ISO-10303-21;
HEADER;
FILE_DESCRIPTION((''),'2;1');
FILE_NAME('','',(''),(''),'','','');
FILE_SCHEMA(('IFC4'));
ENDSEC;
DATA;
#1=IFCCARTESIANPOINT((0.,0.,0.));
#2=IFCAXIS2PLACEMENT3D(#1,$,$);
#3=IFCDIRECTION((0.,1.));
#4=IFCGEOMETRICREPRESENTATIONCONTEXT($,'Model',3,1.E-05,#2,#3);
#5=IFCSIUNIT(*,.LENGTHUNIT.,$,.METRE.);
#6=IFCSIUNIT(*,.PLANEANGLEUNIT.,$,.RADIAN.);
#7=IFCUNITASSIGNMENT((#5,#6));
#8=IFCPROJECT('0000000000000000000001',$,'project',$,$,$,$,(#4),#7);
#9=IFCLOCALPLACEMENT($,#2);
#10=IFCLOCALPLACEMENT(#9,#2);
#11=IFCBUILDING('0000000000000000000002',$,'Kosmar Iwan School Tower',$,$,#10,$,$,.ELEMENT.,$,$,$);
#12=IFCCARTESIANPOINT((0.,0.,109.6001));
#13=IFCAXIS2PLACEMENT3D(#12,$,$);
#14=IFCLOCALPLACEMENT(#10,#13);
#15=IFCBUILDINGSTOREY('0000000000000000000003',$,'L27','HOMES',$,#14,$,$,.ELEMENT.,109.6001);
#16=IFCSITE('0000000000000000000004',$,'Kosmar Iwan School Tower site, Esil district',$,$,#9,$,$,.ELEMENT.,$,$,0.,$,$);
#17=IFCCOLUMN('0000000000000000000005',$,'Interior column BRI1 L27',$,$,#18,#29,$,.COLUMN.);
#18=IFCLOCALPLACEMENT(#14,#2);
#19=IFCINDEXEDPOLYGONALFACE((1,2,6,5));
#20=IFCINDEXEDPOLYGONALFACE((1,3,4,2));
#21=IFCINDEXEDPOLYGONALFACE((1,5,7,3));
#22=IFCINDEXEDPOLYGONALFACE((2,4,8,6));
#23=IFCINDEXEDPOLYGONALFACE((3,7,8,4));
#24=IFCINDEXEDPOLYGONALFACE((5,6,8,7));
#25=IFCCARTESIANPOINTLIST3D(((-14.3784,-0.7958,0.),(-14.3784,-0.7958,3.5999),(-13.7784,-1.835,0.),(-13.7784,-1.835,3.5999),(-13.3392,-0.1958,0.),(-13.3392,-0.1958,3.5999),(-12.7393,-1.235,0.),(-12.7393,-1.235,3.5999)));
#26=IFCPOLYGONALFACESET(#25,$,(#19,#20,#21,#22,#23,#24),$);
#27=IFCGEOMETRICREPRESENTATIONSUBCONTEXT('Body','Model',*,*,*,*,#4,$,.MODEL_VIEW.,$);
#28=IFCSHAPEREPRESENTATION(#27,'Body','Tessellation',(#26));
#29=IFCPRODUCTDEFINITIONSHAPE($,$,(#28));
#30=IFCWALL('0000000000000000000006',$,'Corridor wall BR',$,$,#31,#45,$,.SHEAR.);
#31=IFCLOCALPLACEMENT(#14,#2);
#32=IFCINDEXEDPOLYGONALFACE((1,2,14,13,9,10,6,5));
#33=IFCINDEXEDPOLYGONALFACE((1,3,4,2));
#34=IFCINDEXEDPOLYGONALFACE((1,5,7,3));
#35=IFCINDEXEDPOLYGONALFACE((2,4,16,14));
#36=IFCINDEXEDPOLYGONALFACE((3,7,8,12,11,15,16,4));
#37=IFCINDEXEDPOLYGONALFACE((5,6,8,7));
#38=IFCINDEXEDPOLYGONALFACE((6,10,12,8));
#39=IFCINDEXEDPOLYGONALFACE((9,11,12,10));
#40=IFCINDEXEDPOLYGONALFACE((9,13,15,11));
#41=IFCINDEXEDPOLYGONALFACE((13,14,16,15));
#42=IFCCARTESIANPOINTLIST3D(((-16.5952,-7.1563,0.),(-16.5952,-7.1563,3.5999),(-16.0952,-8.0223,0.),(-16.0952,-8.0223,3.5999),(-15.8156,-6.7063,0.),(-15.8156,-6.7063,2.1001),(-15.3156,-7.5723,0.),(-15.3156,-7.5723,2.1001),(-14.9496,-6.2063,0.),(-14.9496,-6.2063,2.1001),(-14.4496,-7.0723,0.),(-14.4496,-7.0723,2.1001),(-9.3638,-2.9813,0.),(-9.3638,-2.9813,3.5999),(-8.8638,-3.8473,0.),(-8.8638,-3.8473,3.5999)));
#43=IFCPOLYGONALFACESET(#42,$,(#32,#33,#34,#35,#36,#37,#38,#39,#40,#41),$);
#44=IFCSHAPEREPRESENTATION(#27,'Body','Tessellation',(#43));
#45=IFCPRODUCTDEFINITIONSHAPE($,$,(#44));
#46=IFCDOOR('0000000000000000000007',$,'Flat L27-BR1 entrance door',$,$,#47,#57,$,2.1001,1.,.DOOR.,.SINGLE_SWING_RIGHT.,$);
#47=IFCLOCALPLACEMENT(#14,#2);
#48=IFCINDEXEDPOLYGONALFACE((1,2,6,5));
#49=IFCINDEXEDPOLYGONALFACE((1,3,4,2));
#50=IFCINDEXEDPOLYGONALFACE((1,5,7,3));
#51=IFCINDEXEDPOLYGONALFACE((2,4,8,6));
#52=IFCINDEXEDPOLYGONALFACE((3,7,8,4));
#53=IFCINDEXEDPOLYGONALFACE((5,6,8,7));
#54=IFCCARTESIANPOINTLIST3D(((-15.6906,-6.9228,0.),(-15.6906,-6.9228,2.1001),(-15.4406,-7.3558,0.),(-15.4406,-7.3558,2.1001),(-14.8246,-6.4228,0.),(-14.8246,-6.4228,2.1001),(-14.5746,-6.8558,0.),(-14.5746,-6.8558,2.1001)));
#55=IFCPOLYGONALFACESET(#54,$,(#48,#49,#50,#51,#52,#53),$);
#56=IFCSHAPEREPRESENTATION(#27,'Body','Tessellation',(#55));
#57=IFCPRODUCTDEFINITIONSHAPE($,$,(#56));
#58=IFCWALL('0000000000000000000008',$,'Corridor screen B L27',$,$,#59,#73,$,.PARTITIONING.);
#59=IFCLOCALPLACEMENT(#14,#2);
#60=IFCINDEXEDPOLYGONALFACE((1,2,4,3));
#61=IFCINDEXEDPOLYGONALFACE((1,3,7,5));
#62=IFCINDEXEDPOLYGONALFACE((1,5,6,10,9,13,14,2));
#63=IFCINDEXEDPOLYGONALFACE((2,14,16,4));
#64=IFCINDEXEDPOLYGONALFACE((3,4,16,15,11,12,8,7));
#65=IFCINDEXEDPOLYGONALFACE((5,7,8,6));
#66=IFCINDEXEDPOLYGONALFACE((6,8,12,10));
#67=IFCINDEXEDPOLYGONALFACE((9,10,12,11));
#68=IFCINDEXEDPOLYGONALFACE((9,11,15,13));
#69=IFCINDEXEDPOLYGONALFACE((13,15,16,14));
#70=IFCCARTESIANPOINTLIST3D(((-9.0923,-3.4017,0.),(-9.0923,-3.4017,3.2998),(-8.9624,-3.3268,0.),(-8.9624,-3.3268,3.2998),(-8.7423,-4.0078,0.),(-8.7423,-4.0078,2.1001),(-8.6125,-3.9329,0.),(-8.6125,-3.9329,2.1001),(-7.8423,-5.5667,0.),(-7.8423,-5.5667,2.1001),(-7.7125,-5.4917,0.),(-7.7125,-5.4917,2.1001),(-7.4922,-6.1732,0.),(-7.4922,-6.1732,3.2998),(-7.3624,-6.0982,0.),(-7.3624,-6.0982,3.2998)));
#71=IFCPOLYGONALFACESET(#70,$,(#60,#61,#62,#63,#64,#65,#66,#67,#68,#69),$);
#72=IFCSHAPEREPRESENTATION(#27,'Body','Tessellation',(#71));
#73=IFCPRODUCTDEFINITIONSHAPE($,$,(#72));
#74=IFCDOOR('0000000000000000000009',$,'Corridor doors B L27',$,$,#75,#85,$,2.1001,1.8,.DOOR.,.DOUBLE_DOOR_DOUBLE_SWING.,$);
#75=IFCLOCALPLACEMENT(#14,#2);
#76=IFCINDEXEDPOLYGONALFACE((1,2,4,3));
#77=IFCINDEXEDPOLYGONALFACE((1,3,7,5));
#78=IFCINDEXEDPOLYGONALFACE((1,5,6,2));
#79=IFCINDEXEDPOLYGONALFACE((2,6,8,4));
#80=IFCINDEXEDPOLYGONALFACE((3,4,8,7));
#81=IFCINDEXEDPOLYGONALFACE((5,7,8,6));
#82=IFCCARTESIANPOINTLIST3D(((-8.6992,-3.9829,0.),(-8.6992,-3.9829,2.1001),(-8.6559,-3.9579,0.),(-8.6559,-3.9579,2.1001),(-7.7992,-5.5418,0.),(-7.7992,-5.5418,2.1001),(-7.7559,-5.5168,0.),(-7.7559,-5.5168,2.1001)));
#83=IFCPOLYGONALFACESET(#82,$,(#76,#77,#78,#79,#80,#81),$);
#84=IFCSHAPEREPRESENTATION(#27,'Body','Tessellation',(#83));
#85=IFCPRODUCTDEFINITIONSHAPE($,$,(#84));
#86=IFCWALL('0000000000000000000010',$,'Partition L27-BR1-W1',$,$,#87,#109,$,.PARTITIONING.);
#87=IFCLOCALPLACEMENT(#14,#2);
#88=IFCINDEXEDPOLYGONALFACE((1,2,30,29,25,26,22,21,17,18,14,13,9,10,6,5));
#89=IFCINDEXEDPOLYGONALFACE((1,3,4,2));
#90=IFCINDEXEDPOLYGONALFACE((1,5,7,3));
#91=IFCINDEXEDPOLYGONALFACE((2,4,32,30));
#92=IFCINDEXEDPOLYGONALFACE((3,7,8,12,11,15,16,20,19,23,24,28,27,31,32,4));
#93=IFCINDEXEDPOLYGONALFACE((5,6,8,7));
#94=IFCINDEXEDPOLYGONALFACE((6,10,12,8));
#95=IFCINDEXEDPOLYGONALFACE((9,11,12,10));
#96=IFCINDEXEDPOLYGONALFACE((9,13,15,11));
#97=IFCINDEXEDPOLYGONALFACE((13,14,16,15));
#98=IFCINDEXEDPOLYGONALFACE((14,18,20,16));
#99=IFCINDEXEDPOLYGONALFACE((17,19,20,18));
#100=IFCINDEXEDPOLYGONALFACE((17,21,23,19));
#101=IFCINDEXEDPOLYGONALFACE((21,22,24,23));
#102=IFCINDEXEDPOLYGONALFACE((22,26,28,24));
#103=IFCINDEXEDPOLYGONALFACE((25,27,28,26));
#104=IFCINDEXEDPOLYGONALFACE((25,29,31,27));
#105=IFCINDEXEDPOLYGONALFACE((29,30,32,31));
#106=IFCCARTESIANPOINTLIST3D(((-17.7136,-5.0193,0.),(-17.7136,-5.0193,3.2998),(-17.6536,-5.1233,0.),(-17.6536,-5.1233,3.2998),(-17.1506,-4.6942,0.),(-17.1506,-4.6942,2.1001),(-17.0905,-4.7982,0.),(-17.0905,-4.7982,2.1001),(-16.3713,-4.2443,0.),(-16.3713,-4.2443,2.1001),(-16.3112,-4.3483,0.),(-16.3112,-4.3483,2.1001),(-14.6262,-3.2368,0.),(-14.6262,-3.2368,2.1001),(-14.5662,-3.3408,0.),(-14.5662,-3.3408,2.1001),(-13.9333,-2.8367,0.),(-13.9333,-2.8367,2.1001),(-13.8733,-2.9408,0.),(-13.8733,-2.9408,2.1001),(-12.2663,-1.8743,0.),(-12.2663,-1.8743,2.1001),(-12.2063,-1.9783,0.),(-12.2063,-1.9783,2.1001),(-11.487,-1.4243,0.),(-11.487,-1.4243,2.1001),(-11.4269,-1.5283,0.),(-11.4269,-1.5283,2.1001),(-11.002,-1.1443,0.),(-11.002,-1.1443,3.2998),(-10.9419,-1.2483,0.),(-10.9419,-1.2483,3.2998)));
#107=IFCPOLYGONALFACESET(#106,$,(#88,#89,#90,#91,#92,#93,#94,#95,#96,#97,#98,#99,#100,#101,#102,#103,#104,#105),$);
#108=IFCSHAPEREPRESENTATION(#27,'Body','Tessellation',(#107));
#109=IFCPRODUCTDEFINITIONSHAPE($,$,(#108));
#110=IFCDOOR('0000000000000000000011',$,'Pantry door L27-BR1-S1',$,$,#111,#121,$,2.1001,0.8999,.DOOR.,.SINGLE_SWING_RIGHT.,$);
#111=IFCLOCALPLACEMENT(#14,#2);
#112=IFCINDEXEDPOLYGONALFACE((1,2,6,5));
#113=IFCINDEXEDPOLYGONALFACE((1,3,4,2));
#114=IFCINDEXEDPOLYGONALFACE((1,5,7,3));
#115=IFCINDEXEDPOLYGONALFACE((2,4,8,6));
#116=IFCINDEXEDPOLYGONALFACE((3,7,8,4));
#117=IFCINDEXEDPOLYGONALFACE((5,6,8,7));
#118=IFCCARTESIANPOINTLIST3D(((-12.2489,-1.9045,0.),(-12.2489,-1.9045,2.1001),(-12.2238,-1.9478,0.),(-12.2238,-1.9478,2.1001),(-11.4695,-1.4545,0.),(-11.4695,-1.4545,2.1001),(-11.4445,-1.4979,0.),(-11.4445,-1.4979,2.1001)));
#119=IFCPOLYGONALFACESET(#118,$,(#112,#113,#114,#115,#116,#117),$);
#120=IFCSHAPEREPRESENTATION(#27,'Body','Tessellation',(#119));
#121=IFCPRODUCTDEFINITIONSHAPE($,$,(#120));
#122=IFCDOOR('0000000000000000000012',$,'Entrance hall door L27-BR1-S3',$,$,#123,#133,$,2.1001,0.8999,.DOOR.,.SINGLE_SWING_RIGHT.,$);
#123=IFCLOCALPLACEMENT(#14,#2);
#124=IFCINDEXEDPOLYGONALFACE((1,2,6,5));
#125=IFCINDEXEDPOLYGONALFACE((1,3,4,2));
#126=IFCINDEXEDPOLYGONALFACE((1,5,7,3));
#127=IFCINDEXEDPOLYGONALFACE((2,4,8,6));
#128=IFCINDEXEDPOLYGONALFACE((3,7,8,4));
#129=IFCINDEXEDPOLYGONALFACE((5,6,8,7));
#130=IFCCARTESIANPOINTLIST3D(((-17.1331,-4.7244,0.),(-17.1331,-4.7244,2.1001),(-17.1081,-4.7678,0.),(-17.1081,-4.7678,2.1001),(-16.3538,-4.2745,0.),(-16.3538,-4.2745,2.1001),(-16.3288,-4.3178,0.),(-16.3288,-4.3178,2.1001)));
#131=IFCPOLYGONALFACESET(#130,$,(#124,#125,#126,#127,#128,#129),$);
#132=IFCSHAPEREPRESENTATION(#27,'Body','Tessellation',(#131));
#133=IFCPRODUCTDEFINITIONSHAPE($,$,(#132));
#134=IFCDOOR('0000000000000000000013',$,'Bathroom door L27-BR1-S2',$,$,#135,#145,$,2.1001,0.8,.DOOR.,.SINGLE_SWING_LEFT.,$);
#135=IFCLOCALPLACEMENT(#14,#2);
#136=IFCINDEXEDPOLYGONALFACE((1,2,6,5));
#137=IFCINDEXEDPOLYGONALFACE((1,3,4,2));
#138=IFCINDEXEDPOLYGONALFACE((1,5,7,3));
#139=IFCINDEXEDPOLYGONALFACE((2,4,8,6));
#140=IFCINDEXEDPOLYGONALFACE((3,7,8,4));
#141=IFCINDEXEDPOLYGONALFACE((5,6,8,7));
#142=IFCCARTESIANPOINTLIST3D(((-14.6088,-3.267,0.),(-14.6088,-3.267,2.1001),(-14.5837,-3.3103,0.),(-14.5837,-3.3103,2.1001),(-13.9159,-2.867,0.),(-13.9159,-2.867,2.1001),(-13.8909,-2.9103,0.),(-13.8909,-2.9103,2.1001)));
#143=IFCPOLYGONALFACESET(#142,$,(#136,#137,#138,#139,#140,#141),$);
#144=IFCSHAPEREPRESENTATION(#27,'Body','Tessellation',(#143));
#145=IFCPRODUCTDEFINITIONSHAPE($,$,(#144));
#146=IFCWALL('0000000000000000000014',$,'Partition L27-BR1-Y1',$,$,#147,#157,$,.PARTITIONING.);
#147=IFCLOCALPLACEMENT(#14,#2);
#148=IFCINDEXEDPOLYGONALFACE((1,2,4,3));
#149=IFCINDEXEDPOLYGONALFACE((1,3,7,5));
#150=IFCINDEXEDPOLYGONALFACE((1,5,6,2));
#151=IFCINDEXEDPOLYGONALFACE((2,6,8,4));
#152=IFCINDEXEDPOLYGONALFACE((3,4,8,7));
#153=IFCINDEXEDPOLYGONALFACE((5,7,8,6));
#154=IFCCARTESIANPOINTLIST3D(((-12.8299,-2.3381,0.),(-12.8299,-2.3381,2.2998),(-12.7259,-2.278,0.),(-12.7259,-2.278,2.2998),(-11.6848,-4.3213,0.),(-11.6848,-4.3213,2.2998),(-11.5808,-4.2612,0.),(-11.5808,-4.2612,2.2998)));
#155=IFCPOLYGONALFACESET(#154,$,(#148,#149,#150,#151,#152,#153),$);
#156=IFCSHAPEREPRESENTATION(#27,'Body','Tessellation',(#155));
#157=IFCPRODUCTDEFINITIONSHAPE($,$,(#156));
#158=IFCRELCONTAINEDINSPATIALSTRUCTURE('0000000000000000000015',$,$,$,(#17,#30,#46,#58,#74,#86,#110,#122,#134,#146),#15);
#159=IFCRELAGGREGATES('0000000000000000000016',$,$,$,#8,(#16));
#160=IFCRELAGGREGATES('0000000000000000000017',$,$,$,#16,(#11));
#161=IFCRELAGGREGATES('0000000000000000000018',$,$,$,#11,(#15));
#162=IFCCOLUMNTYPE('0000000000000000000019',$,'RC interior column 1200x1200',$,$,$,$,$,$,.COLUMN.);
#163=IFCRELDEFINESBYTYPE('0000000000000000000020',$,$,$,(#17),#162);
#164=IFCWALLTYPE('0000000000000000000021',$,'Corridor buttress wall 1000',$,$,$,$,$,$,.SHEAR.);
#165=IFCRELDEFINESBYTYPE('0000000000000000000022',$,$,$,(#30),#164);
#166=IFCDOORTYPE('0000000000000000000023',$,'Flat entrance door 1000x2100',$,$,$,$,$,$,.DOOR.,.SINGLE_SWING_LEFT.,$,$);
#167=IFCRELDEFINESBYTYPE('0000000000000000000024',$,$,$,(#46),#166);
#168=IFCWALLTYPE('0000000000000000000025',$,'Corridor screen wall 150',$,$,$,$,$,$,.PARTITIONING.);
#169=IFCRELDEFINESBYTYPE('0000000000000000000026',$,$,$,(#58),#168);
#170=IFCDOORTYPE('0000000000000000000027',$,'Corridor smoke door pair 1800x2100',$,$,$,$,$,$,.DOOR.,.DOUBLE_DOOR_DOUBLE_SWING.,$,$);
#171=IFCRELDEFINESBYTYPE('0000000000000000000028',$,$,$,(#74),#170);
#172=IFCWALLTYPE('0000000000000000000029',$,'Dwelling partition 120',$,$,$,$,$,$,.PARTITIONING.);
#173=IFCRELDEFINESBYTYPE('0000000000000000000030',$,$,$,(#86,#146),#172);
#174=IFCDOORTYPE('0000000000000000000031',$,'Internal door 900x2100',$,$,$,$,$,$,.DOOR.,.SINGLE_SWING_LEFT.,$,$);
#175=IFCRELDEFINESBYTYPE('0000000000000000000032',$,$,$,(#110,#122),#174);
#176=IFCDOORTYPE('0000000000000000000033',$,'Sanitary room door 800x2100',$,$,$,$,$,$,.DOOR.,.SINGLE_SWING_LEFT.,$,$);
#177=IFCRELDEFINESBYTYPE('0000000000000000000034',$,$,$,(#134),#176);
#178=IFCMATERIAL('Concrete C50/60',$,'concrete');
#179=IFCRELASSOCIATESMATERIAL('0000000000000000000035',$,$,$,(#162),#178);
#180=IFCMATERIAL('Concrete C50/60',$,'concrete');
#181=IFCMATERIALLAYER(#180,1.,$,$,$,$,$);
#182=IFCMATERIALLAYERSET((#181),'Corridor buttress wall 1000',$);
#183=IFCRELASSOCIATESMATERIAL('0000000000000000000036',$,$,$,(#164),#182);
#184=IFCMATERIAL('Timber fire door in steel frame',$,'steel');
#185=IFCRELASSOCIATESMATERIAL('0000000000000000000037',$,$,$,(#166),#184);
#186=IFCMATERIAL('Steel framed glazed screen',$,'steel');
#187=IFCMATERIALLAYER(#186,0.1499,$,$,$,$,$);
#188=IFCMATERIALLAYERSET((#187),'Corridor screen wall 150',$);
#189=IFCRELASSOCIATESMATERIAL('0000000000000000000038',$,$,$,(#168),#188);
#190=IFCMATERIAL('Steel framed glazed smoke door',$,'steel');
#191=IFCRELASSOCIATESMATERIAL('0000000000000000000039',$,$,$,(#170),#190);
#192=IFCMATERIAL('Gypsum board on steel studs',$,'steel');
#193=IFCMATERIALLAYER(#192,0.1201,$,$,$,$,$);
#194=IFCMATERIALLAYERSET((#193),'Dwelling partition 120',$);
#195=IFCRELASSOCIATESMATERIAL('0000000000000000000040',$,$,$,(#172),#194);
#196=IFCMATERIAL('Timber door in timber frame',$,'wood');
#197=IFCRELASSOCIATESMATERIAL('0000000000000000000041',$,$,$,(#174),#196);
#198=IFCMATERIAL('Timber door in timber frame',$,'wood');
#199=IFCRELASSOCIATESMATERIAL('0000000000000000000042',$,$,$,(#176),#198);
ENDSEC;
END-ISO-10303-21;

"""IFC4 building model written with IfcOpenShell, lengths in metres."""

from ifc_helpers import new_model, si_unit, direction, frame, frame_2d, origin, origin_2d, place, context, subcontext, project, spatial, rectangle, extrude, material, layer, layer_set, material_profile, profile_set, type_object, element, fill, save


model = new_model("IFC4")

# Units and contexts
model_context = context("Model", 3, precision=1e-05, world=origin(), true_north=direction((0.0, 1.0)))
body_context = subcontext(model_context, "Body", "Model", "MODEL_VIEW")
ifc_project = project(units=[si_unit("LENGTHUNIT", "METRE"), si_unit("PLANEANGLEUNIT", "RADIAN")], contexts=[model_context])

# Site, building, storey
site_placement = place(None, origin())
site = spatial("IfcSite", under=ifc_project, at=site_placement, Name="Kosmar Iwan School Tower site, Esil district", CompositionType="ELEMENT", RefElevation=0.0)
building_placement = place(site_placement, origin())
building = spatial("IfcBuilding", under=site, at=building_placement, Name="Kosmar Iwan School Tower", CompositionType="ELEMENT")
storey_placement = place(building_placement, frame((0.0, 0.0, 109.6001)))
storey = spatial("IfcBuildingStorey", under=building, at=storey_placement, Name="L27", Description="HOMES", CompositionType="ELEMENT", Elevation=109.6001)

# Column
ifc_material_1 = material(Name="Concrete C50/60", Category="concrete")
ifc_material_profile = material_profile(ifc_material_1, rectangle(XDim=1.2, YDim=1.2, at=origin_2d()), Name="RC 1200x1200")
ifc_profile_set = profile_set([ifc_material_profile], Name="Concrete C50/60")
column_type = type_object("IfcColumnType", Name="RC interior column 1200x1200", PredefinedType="COLUMN", material=ifc_profile_set)
column_placement = place(storey_placement, frame((-13.5588, -1.0154, 0.0), z_axis=(0.0, 0.0, 1.0), x_axis=(-0.866025, -0.5, 0.0)))
element("IfcColumn", 1, at=column_placement, inside=storey, type_object=column_type, Name="Interior column BRI1 L27", PredefinedType="COLUMN", context=body_context, shape_type="SweptSolid", body=[
    extrude(rectangle(XDim=1.2, YDim=1.2, at=origin_2d()), origin(), (0.0, 0.0, 1.0), 3.5999),
])

# Walls, openings, doors
ifc_material_2 = material(Name="Concrete C50/60", Category="concrete")
ifc_layer_1 = layer(ifc_material_2, 1.0)
ifc_layer_set_1 = layer_set([ifc_layer_1], Name="Corridor buttress wall 1000")
wall_type_1 = type_object("IfcWallType", Name="Corridor buttress wall 1000", PredefinedType="SHEAR", material=ifc_layer_set_1)
wall_1_placement = place(storey_placement, frame((-9.1138, -3.4143, 0.0), z_axis=(0.0, 0.0, 1.0), x_axis=(-0.866027, -0.499997, 0.0)))
wall_1 = element("IfcWall", 2, at=wall_1_placement, inside=storey, type_object=wall_type_1, Name="Corridor wall BR", PredefinedType="SHEAR", context=body_context, shape_type="SweptSolid", body=[
    extrude(rectangle(XDim=8.3501, YDim=1.0, at=frame_2d((4.175, 0.0))), origin(), (0.0, 0.0, 1.0), 3.5999),
])
opening_1_placement = place(wall_1_placement, frame((6.45, 0.0, 0.0)))
opening_1 = element("IfcOpeningElement", 3, at=opening_1_placement, cuts=wall_1, PredefinedType="OPENING", context=body_context, shape_type="SweptSolid", body=[
    extrude(rectangle(XDim=1.0, YDim=2.1001, at=frame_2d((0.5, 1.05))), frame((0.0, 0.512, 0.0), z_axis=(0.0, -1.0, 0.0), x_axis=(1.0, 0.0, 0.0)), (0.0, 0.0, 1.0), 1.0239),
])
ifc_material_3 = material(Name="Timber fire door in steel frame", Category="steel")
door_type_1 = type_object("IfcDoorType", Name="Flat entrance door 1000x2100", OperationType="SINGLE_SWING_LEFT", PredefinedType="DOOR", material=ifc_material_3)
door_1_placement = place(opening_1_placement, origin())
door_1 = element("IfcDoor", 4, at=door_1_placement, inside=storey, type_object=door_type_1, Name="Flat L27-BR1 entrance door", OperationType="SINGLE_SWING_RIGHT", OverallHeight=2.1001, OverallWidth=1.0, PredefinedType="DOOR", context=body_context, shape_type="SweptSolid", body=[
    extrude(rectangle(XDim=1.0, YDim=2.1001, at=frame_2d((0.5, 1.05))), frame((0.0, 0.25, 0.0), z_axis=(0.0, -1.0, 0.0), x_axis=(1.0, 0.0, 0.0)), (0.0, 0.0, 1.0), 0.5),
])
fill(opening_1, door_1)
ifc_material_4 = material(Name="Steel framed glazed screen", Category="steel")
ifc_layer_2 = layer(ifc_material_4, 0.1499)
ifc_layer_set_2 = layer_set([ifc_layer_2], Name="Corridor screen wall 150")
wall_type_2 = type_object("IfcWallType", Name="Corridor screen wall 150", PredefinedType="PARTITIONING", material=ifc_layer_set_2)
wall_2_placement = place(storey_placement, frame((-9.0273, -3.3643, 0.0), z_axis=(0.0, 0.0, 1.0), x_axis=(0.499995, -0.866028, 0.0)))
wall_2 = element("IfcWall", 5, at=wall_2_placement, inside=storey, type_object=wall_type_2, Name="Corridor screen B L27", PredefinedType="PARTITIONING", context=body_context, shape_type="SweptSolid", body=[
    extrude(rectangle(XDim=3.2002, YDim=0.1499, at=frame_2d((1.6001, 0.0))), origin(), (0.0, 0.0, 1.0), 3.2998),
])
opening_2_placement = place(wall_2_placement, frame((0.7, 0.0, 0.0)))
opening_2 = element("IfcOpeningElement", 6, at=opening_2_placement, cuts=wall_2, PredefinedType="OPENING", context=body_context, shape_type="SweptSolid", body=[
    extrude(rectangle(XDim=1.8, YDim=2.1001, at=frame_2d((0.8999, 1.05))), frame((0.0, 0.0869, 0.0), z_axis=(0.0, -1.0, 0.0), x_axis=(1.0, 0.0, 0.0)), (0.0, 0.0, 1.0), 0.1738),
])
ifc_material_5 = material(Name="Steel framed glazed smoke door", Category="steel")
door_type_2 = type_object("IfcDoorType", Name="Corridor smoke door pair 1800x2100", OperationType="DOUBLE_DOOR_DOUBLE_SWING", PredefinedType="DOOR", material=ifc_material_5)
door_2_placement = place(opening_2_placement, origin())
door_2 = element("IfcDoor", 7, at=door_2_placement, inside=storey, type_object=door_type_2, Name="Corridor doors B L27", OperationType="DOUBLE_DOOR_DOUBLE_SWING", OverallHeight=2.1001, OverallWidth=1.8, PredefinedType="DOOR", context=body_context, shape_type="SweptSolid", body=[
    extrude(rectangle(XDim=1.8, YDim=2.1001, at=frame_2d((0.8999, 1.05))), frame((0.0, 0.0249, 0.0), z_axis=(0.0, -1.0, 0.0), x_axis=(1.0, 0.0, 0.0)), (0.0, 0.0, 1.0), 0.05),
])
fill(opening_2, door_2)

# Wall, openings, doors
ifc_material_6 = material(Name="Gypsum board on steel studs", Category="steel")
ifc_layer_3 = layer(ifc_material_6, 0.1201)
ifc_layer_set_3 = layer_set([ifc_layer_3], Name="Dwelling partition 120")
wall_type_3 = type_object("IfcWallType", Name="Dwelling partition 120", PredefinedType="PARTITIONING", material=ifc_layer_set_3)
wall_3_placement = place(storey_placement, frame((-10.9719, -1.1963, 0.0), z_axis=(0.0, 0.0, 1.0), x_axis=(-0.866025, -0.500002, 0.0)))
wall_3 = element("IfcWall", 8, at=wall_3_placement, inside=storey, type_object=wall_type_3, Name="Partition L27-BR1-W1", PredefinedType="PARTITIONING", context=body_context, shape_type="SweptSolid", body=[
    extrude(rectangle(XDim=7.75, YDim=0.1201, at=frame_2d((3.875, 0.0))), origin(), (0.0, 0.0, 1.0), 3.2998),
])
opening_3_placement = place(wall_3_placement, frame((0.5601, 0.0, 0.0)))
opening_3 = element("IfcOpeningElement", 9, at=opening_3_placement, cuts=wall_3, PredefinedType="OPENING", context=body_context, shape_type="SweptSolid", body=[
    extrude(rectangle(XDim=0.8999, YDim=2.1001, at=frame_2d((0.45, 1.05))), frame((0.0, 0.072, 0.0), z_axis=(0.0, -1.0, 0.0), x_axis=(1.0, 0.0, 0.0)), (0.0, 0.0, 1.0), 0.144),
])
opening_4_placement = place(wall_3_placement, frame((3.385, 0.0, 0.0)))
opening_4 = element("IfcOpeningElement", 10, at=opening_4_placement, cuts=wall_3, PredefinedType="OPENING", context=body_context, shape_type="SweptSolid", body=[
    extrude(rectangle(XDim=0.8, YDim=2.1001, at=frame_2d((0.3999, 1.05))), frame((0.0, 0.072, 0.0), z_axis=(0.0, -1.0, 0.0), x_axis=(1.0, 0.0, 0.0)), (0.0, 0.0, 1.0), 0.144),
])
opening_5_placement = place(wall_3_placement, frame((6.2, 0.0, 0.0)))
opening_5 = element("IfcOpeningElement", 11, at=opening_5_placement, cuts=wall_3, PredefinedType="OPENING", context=body_context, shape_type="SweptSolid", body=[
    extrude(rectangle(XDim=0.8999, YDim=2.1001, at=frame_2d((0.45, 1.05))), frame((0.0, 0.072, 0.0), z_axis=(0.0, -1.0, 0.0), x_axis=(1.0, 0.0, 0.0)), (0.0, 0.0, 1.0), 0.144),
])
ifc_material_7 = material(Name="Timber door in timber frame", Category="wood")
door_type_3 = type_object("IfcDoorType", Name="Internal door 900x2100", OperationType="SINGLE_SWING_LEFT", PredefinedType="DOOR", material=ifc_material_7)
door_3_placement = place(opening_3_placement, origin())
door_3 = element("IfcDoor", 12, at=door_3_placement, inside=storey, type_object=door_type_3, Name="Pantry door L27-BR1-S1", OperationType="SINGLE_SWING_RIGHT", OverallHeight=2.1001, OverallWidth=0.8999, PredefinedType="DOOR", context=body_context, shape_type="SweptSolid", body=[
    extrude(rectangle(XDim=0.8999, YDim=2.1001, at=frame_2d((0.45, 1.05))), frame((0.0, 0.0249, 0.0), z_axis=(0.0, -1.0, 0.0), x_axis=(1.0, 0.0, 0.0)), (0.0, 0.0, 1.0), 0.05),
])
fill(opening_3, door_3)
door_4_placement = place(opening_5_placement, origin())
door_4 = element("IfcDoor", 13, at=door_4_placement, inside=storey, type_object=door_type_3, Name="Entrance hall door L27-BR1-S3", OperationType="SINGLE_SWING_RIGHT", OverallHeight=2.1001, OverallWidth=0.8999, PredefinedType="DOOR", context=body_context, shape_type="SweptSolid", body=[
    extrude(rectangle(XDim=0.8999, YDim=2.1001, at=frame_2d((0.45, 1.05))), frame((0.0, 0.0249, 0.0), z_axis=(0.0, -1.0, 0.0), x_axis=(1.0, 0.0, 0.0)), (0.0, 0.0, 1.0), 0.05),
])
fill(opening_5, door_4)
ifc_material_8 = material(Name="Timber door in timber frame", Category="wood")
door_type_4 = type_object("IfcDoorType", Name="Sanitary room door 800x2100", OperationType="SINGLE_SWING_LEFT", PredefinedType="DOOR", material=ifc_material_8)
door_5_placement = place(opening_4_placement, origin())
door_5 = element("IfcDoor", 14, at=door_5_placement, inside=storey, type_object=door_type_4, Name="Bathroom door L27-BR1-S2", OperationType="SINGLE_SWING_LEFT", OverallHeight=2.1001, OverallWidth=0.8, PredefinedType="DOOR", context=body_context, shape_type="SweptSolid", body=[
    extrude(rectangle(XDim=0.8, YDim=2.1001, at=frame_2d((0.3999, 1.05))), frame((0.0, 0.0249, 0.0), z_axis=(0.0, -1.0, 0.0), x_axis=(1.0, 0.0, 0.0)), (0.0, 0.0, 1.0), 0.05),
])
fill(opening_4, door_5)

# Wall
wall_4_placement = place(storey_placement, frame((-11.6328, -4.2913, 0.0), z_axis=(0.0, 0.0, 1.0), x_axis=(-0.500015, 0.866017, 0.0)))
element("IfcWall", 15, at=wall_4_placement, inside=storey, type_object=wall_type_3, Name="Partition L27-BR1-Y1", PredefinedType="PARTITIONING", context=body_context, shape_type="SweptSolid", body=[
    extrude(rectangle(XDim=2.29, YDim=0.1201, at=frame_2d((1.145, 0.0))), origin(), (0.0, 0.0, 1.0), 2.2998),
])

save(model, "model.ifc")
